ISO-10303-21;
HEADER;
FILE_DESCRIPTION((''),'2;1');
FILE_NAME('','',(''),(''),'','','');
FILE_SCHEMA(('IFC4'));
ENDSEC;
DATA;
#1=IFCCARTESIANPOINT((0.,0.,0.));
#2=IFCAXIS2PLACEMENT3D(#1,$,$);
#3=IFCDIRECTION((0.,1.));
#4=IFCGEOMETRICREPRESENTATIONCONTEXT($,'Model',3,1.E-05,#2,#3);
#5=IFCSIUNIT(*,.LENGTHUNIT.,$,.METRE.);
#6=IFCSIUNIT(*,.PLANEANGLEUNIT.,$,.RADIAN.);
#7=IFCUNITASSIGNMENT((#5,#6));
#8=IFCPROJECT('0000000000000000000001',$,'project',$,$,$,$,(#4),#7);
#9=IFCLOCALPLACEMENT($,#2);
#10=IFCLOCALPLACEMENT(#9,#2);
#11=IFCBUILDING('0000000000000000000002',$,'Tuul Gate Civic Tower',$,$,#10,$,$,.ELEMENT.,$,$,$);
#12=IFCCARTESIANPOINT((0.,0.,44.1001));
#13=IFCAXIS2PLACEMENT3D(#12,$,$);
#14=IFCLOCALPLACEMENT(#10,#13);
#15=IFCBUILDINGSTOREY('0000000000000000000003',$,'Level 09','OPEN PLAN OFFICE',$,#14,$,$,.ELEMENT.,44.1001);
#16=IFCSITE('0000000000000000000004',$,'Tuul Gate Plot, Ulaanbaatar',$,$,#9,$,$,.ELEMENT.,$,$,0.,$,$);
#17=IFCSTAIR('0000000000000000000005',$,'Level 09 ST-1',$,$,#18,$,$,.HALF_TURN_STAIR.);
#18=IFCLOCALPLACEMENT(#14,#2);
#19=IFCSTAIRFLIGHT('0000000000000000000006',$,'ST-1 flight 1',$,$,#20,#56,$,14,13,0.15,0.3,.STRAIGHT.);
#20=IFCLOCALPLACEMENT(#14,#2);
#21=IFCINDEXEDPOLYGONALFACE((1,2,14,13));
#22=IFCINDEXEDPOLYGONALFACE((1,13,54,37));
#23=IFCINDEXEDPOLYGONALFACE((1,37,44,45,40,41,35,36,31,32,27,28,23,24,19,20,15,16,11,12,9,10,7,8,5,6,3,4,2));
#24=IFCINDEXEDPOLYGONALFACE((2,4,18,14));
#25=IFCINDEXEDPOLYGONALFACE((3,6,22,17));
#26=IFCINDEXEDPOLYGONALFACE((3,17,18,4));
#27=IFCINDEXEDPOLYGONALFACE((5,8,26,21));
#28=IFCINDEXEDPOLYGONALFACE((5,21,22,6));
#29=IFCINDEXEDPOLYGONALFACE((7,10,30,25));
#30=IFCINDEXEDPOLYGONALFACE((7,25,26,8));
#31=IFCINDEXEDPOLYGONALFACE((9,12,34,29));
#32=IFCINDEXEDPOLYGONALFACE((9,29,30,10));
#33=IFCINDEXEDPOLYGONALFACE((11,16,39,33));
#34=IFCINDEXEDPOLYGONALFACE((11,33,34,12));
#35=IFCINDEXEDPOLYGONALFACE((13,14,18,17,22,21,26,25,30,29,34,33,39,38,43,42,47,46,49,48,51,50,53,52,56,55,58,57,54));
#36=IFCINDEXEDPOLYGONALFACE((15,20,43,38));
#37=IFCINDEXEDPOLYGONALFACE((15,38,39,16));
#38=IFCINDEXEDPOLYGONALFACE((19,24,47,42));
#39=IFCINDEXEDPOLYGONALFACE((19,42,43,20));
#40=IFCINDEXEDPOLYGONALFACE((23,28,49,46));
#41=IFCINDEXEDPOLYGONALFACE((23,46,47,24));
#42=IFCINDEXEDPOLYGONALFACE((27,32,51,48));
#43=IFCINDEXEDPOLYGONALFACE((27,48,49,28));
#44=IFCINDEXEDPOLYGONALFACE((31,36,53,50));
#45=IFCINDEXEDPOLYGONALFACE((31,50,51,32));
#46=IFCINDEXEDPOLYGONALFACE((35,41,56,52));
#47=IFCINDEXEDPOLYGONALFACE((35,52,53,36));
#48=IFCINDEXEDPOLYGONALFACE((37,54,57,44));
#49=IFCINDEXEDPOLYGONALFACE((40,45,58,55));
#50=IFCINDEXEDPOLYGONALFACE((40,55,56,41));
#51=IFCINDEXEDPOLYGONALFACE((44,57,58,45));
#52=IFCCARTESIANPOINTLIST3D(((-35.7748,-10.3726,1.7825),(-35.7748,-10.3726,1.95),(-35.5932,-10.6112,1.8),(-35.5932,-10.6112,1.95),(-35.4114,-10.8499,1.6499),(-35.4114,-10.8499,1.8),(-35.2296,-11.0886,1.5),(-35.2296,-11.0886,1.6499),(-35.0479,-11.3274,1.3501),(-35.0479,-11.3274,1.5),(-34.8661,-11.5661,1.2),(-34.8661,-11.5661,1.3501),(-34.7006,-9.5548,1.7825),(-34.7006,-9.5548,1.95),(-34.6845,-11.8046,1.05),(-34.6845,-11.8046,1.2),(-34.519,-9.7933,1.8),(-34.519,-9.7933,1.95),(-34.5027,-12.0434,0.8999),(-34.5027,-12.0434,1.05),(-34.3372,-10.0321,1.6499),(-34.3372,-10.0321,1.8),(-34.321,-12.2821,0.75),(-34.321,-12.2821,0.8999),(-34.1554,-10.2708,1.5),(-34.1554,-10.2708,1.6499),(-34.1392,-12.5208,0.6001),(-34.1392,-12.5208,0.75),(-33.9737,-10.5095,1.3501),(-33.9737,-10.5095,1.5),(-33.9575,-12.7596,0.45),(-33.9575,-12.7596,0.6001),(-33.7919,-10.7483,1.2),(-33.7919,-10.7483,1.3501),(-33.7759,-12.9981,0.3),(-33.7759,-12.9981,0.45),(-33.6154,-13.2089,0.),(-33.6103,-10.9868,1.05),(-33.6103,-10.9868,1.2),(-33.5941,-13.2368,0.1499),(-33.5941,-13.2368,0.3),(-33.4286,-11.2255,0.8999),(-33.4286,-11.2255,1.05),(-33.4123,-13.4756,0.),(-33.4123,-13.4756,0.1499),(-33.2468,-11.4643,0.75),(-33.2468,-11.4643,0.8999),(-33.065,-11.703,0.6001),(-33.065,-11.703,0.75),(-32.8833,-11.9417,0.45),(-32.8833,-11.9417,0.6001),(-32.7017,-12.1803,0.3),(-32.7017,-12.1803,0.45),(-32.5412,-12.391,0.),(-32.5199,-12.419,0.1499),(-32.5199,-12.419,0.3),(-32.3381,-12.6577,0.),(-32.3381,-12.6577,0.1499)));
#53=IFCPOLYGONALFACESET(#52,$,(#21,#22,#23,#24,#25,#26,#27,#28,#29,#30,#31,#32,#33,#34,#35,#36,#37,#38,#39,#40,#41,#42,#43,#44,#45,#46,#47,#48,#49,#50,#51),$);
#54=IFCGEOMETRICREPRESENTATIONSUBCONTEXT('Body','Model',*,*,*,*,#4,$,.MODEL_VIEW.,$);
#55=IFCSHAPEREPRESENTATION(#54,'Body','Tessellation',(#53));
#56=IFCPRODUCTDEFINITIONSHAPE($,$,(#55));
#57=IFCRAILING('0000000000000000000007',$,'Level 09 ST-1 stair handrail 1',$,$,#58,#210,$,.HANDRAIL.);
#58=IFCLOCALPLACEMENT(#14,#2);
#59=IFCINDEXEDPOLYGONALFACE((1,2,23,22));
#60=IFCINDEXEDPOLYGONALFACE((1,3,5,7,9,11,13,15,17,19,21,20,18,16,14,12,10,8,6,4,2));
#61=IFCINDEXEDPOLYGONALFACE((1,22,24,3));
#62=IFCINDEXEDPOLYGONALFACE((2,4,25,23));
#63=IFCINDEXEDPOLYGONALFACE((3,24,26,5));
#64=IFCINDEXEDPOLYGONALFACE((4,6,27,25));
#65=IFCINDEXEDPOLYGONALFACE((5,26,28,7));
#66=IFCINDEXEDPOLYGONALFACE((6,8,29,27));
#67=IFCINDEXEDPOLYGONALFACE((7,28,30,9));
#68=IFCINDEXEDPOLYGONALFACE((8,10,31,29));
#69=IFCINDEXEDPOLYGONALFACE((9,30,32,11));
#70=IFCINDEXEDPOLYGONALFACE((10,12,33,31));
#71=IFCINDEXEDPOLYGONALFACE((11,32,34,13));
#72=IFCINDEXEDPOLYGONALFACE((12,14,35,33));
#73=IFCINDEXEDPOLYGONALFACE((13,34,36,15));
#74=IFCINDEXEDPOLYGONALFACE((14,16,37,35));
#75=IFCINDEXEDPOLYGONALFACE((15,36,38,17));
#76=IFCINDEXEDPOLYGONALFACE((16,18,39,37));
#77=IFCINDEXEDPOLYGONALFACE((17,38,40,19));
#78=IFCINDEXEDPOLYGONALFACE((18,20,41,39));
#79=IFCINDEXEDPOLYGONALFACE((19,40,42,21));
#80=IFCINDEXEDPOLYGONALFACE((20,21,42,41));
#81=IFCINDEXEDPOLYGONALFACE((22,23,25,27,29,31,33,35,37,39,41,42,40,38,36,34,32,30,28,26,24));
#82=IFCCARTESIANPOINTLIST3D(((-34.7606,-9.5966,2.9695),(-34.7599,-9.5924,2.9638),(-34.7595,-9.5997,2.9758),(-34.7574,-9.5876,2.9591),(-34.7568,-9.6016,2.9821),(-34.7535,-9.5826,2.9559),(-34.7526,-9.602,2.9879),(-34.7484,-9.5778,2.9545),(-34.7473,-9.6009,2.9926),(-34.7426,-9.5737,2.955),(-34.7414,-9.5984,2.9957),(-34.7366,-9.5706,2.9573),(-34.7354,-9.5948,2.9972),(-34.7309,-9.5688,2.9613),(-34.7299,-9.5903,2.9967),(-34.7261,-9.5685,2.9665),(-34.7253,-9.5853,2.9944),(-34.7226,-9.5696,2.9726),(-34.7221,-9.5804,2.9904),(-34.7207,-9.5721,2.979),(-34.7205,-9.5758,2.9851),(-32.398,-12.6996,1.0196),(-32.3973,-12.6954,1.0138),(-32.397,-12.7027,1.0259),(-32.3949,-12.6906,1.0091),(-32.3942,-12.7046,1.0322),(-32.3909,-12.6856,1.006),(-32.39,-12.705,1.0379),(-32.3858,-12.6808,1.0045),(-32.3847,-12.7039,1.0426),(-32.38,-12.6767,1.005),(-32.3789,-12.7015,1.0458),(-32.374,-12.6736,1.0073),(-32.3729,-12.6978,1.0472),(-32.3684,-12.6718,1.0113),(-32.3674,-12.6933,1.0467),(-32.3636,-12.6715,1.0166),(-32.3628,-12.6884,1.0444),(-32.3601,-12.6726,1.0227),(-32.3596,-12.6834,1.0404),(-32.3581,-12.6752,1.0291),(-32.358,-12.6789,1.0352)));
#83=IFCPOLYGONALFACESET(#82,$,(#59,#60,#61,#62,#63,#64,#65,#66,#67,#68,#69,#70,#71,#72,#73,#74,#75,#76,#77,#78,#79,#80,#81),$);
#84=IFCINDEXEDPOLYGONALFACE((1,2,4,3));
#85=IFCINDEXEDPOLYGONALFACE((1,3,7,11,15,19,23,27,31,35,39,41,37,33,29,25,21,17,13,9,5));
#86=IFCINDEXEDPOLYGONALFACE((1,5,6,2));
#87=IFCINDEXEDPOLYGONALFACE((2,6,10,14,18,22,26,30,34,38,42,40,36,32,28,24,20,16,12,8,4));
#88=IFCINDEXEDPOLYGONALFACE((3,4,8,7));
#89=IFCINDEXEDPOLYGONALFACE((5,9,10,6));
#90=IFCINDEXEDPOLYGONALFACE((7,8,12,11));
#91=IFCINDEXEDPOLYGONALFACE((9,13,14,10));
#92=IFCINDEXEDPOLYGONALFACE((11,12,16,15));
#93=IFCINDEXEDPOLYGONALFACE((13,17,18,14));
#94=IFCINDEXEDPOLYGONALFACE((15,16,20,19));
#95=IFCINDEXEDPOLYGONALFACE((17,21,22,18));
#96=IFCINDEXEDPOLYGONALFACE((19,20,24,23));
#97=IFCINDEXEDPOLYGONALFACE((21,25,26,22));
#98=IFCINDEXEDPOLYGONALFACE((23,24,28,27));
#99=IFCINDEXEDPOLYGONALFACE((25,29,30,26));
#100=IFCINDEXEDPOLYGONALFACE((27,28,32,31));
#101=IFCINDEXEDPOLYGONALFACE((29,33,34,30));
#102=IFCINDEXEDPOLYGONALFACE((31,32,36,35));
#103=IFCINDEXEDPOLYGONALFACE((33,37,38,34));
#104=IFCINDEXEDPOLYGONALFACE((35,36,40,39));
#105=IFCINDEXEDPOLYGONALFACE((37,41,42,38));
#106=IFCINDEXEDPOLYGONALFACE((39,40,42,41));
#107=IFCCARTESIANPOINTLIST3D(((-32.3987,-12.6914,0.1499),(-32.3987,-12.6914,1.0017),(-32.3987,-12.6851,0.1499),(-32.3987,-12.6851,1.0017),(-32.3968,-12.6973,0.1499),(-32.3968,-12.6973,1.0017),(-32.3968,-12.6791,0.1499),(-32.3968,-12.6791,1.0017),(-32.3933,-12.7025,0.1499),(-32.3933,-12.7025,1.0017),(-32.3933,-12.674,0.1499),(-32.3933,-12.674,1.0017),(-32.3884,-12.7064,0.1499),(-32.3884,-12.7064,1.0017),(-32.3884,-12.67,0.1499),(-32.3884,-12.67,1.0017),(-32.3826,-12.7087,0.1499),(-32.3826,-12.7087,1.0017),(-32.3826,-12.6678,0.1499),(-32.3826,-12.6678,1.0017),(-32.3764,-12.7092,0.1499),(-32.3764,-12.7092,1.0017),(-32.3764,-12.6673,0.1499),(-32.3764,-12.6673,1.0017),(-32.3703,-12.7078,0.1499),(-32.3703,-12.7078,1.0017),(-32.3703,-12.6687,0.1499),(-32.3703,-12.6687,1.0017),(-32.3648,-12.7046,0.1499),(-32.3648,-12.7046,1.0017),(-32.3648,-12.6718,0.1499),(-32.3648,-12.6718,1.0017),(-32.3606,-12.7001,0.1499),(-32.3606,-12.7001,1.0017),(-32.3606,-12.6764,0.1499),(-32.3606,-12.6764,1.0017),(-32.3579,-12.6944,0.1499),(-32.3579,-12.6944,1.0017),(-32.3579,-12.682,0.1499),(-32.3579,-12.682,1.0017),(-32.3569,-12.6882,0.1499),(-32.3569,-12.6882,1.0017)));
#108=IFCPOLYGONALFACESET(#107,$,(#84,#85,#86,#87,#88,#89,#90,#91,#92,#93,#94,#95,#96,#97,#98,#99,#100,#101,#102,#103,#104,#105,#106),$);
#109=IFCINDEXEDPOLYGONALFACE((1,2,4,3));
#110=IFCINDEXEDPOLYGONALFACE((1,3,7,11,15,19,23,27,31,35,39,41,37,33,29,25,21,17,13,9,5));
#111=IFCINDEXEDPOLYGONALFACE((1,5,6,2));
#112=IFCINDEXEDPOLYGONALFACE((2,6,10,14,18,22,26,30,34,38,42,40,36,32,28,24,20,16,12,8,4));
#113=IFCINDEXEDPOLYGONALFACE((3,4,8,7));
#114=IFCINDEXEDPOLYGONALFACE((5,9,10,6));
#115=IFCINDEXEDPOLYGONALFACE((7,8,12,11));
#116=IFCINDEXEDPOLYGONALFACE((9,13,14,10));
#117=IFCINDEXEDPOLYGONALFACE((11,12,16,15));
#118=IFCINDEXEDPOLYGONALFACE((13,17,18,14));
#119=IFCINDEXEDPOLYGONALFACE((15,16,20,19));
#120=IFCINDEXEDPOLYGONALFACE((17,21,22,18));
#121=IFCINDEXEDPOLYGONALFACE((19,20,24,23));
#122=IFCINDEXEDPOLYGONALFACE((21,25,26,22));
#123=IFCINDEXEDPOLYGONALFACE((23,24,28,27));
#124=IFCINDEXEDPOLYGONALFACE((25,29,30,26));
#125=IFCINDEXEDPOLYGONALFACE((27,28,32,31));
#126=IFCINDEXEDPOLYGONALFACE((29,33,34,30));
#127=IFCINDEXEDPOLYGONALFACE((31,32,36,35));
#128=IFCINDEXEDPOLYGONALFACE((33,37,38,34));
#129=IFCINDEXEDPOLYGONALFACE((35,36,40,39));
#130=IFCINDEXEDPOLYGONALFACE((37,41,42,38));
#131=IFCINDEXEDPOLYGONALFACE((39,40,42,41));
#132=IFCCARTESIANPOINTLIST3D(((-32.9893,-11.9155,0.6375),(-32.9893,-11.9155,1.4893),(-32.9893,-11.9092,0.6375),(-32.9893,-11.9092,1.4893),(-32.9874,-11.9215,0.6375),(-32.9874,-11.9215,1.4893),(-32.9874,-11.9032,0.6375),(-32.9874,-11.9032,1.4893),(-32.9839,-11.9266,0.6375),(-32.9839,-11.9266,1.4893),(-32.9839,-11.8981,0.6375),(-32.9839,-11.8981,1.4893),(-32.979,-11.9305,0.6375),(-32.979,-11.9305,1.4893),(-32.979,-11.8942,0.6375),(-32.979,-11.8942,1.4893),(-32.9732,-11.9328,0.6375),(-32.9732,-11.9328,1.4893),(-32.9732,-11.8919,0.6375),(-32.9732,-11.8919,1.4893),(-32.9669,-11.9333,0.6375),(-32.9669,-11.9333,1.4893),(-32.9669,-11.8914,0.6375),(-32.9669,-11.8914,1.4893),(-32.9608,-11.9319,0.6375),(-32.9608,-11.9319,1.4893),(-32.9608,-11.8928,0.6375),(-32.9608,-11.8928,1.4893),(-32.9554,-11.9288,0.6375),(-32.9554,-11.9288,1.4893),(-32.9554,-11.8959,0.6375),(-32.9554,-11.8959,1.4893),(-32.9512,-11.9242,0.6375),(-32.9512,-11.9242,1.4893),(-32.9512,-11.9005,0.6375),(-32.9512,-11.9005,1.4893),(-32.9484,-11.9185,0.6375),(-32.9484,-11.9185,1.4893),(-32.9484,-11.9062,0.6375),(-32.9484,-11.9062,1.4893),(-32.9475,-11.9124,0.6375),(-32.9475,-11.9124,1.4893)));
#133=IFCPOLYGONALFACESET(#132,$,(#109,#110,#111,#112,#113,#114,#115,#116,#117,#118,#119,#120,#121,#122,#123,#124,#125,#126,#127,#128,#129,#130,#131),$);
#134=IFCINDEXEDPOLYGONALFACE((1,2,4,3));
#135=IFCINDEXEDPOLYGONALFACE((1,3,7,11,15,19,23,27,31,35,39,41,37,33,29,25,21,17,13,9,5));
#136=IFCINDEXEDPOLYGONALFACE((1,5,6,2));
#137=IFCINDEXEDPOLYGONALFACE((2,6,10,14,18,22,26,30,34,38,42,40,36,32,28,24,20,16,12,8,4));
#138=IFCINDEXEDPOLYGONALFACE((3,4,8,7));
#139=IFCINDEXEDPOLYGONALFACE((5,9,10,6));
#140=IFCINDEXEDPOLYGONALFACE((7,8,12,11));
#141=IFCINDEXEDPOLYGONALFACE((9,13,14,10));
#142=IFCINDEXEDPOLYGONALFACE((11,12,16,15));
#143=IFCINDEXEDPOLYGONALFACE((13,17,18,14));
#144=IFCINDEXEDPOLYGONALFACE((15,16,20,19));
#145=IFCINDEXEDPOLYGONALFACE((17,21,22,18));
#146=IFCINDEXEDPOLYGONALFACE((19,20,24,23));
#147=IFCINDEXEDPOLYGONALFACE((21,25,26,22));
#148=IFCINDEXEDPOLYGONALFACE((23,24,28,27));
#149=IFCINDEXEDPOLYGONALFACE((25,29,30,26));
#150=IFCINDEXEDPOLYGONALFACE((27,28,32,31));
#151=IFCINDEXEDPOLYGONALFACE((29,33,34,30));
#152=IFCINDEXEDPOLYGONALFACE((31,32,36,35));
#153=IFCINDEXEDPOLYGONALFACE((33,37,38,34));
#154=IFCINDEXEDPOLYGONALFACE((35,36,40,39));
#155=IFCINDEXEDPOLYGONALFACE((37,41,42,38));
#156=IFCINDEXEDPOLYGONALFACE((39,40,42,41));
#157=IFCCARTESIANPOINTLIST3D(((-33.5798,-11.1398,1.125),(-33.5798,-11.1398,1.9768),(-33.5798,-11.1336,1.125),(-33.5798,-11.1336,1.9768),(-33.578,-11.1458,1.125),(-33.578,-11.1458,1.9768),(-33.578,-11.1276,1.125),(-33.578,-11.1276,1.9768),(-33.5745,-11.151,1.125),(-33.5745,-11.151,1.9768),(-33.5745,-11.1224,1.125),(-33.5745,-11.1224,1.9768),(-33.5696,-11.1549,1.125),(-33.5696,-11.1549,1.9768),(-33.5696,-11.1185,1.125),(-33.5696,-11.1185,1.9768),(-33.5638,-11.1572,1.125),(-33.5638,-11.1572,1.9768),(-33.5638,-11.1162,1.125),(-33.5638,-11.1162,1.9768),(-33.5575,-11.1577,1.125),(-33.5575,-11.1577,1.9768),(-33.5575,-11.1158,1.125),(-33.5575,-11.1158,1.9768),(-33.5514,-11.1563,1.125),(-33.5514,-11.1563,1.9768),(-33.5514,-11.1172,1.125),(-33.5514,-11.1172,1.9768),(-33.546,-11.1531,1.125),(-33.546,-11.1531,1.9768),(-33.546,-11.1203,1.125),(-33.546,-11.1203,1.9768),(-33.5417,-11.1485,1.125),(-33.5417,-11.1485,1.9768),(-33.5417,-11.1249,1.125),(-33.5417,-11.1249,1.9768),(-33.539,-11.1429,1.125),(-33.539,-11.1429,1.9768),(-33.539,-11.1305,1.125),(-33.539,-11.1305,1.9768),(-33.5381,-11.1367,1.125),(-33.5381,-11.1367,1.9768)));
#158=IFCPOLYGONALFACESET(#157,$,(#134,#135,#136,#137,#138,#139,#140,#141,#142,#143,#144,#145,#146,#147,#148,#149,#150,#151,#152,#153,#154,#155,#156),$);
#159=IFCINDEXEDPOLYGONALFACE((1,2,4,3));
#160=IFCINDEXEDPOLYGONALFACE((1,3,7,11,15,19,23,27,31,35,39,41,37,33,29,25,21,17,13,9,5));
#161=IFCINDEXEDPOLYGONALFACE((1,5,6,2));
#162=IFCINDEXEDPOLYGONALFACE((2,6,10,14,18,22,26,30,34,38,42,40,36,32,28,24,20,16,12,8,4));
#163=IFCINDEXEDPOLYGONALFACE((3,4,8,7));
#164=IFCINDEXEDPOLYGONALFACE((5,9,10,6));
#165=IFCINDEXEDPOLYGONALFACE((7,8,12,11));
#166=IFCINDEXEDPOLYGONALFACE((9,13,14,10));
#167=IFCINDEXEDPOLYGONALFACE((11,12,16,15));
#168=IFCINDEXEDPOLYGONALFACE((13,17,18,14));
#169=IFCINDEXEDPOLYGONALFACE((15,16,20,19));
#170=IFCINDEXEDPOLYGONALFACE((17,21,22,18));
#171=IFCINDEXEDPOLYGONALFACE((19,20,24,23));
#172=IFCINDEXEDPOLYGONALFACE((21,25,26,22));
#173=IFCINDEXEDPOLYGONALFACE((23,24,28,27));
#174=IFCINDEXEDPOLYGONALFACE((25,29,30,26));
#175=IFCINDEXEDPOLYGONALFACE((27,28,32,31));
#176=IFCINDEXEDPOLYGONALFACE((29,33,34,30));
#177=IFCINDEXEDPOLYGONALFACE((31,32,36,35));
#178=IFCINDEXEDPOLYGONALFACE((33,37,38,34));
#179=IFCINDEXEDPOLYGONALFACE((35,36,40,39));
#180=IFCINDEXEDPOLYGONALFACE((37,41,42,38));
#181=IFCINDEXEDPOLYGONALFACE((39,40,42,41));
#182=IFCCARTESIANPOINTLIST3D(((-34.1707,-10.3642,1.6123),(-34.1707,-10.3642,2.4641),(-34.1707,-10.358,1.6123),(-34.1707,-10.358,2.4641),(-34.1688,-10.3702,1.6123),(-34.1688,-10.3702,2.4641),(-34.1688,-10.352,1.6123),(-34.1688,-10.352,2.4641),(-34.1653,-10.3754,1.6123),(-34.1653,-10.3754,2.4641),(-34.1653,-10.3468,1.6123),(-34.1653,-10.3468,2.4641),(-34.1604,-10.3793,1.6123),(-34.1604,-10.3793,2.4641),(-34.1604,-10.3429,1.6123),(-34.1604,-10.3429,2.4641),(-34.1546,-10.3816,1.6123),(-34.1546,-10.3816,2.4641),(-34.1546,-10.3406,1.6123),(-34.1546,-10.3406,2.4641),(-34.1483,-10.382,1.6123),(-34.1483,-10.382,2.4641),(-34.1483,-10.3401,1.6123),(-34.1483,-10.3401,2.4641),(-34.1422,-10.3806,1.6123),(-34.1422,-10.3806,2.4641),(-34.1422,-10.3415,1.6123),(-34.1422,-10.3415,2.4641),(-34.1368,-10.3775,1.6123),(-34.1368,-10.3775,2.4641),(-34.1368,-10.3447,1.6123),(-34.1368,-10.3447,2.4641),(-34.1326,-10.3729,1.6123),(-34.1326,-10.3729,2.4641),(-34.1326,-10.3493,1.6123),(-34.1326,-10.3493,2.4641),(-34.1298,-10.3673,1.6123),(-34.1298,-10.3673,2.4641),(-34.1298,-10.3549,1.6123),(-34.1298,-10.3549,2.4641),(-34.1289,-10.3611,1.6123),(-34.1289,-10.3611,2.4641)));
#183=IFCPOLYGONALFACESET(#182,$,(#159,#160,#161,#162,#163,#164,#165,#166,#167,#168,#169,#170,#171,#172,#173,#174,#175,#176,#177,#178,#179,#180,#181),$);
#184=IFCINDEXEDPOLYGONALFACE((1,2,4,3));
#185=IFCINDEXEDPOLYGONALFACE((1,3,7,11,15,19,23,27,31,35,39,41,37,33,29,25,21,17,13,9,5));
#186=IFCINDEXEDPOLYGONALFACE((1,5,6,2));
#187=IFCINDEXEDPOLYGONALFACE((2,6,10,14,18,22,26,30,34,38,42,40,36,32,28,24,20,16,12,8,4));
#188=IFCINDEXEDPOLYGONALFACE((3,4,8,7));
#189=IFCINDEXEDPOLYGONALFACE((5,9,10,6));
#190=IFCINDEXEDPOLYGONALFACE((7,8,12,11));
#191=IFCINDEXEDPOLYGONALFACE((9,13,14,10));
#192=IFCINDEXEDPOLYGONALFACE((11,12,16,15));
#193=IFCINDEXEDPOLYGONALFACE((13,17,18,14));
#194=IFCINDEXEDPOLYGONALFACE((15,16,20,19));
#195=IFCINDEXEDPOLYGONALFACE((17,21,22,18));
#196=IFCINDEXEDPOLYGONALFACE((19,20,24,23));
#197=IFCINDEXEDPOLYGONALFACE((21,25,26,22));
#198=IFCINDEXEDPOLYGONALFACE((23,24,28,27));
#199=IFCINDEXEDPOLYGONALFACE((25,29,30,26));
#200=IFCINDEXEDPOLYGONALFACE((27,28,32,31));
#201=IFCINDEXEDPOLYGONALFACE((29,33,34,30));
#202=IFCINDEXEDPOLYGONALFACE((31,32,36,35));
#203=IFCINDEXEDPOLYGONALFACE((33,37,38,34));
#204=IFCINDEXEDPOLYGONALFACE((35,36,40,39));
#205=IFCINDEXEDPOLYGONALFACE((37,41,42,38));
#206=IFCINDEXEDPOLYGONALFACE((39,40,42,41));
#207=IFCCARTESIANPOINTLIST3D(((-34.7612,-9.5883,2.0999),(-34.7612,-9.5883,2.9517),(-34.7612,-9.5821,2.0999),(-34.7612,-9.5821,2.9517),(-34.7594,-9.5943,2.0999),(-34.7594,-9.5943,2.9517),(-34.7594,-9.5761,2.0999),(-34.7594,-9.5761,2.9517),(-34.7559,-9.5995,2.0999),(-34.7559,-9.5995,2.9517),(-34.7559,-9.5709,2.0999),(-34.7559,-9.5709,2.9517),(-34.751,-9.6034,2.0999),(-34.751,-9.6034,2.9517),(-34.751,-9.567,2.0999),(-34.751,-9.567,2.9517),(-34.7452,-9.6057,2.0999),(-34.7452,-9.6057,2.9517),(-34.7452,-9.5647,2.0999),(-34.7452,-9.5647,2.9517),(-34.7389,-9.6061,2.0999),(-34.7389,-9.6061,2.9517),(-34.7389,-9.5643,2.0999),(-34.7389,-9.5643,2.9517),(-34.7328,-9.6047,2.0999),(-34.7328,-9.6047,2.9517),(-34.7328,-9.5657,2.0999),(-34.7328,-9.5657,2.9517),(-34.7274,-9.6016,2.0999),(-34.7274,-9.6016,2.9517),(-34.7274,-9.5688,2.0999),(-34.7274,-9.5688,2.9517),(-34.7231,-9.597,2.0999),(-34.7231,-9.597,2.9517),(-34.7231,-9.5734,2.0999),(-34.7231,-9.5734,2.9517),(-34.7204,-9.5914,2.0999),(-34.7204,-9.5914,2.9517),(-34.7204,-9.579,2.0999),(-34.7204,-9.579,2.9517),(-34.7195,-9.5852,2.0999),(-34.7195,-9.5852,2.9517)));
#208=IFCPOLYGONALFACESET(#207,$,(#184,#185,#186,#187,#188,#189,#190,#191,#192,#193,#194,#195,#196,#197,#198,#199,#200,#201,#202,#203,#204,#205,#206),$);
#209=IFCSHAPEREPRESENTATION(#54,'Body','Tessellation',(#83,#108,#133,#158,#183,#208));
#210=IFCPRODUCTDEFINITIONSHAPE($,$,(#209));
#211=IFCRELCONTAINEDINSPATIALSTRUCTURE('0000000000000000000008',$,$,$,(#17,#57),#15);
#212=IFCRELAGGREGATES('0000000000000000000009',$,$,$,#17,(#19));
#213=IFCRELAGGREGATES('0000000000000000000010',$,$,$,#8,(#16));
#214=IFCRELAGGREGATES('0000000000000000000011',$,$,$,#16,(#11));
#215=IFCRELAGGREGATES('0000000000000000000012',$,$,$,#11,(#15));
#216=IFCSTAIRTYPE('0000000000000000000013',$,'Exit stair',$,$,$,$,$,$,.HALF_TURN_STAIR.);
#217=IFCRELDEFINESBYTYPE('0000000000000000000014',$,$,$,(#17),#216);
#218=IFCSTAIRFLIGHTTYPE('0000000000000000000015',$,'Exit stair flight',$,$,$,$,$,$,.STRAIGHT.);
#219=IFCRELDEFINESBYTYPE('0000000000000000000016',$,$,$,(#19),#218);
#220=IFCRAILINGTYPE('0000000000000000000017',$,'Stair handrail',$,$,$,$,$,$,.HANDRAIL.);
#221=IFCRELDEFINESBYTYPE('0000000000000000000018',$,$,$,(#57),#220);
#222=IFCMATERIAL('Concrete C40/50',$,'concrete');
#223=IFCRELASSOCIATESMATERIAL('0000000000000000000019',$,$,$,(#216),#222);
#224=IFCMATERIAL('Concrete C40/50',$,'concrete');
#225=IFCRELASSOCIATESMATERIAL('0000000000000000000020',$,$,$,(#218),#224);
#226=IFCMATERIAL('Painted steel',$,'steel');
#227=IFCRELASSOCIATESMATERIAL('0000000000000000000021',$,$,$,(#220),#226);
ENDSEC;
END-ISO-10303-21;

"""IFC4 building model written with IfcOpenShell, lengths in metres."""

from ifc_helpers import new_model, si_unit, direction, frame, origin, origin_2d, place, context, subcontext, project, spatial, polyline, circle, outline, extrude, material, type_object, element, aggregate, save


model = new_model("IFC4")

# Units and contexts
model_context = context("Model", 3, precision=1e-05, world=origin(), true_north=direction((0.0, 1.0)))
body_context = subcontext(model_context, "Body", "Model", "MODEL_VIEW")
ifc_project = project(units=[si_unit("LENGTHUNIT", "METRE"), si_unit("PLANEANGLEUNIT", "RADIAN")], contexts=[model_context])

# Site, building, storey
site_placement = place(None, origin())
site = spatial("IfcSite", under=ifc_project, at=site_placement, Name="Tuul Gate Plot, Ulaanbaatar", CompositionType="ELEMENT", RefElevation=0.0)
building_placement = place(site_placement, origin())
building = spatial("IfcBuilding", under=site, at=building_placement, Name="Tuul Gate Civic Tower", CompositionType="ELEMENT")
storey_placement = place(building_placement, frame((0.0, 0.0, 44.1001)))
storey = spatial("IfcBuildingStorey", under=building, at=storey_placement, Name="Level 09", Description="OPEN PLAN OFFICE", CompositionType="ELEMENT", Elevation=44.1001)

# Stair, stair flight
ifc_material_1 = material(Name="Concrete C40/50", Category="concrete")
stair_type = type_object("IfcStairType", Name="Exit stair", PredefinedType="HALF_TURN_STAIR", material=ifc_material_1)
stair_placement = place(storey_placement, origin())
stair = element("IfcStair", 1, at=stair_placement, inside=storey, type_object=stair_type, Name="Level 09 ST-1", PredefinedType="HALF_TURN_STAIR")
ifc_material_2 = material(Name="Concrete C40/50", Category="concrete")
stair_flight_type = type_object("IfcStairFlightType", Name="Exit stair flight", PredefinedType="STRAIGHT", material=ifc_material_2)
stair_flight_placement = place(storey_placement, frame((-32.8752, -13.0667, 0.0), z_axis=(0.0, 0.0, 1.0), x_axis=(-0.605764, 0.795644, 0.0)))
stair_flight = element("IfcStairFlight", 2, at=stair_flight_placement, type_object=stair_flight_type, Name="ST-1 flight 1", NumberOfRisers=14, NumberOfTreads=13, PredefinedType="STRAIGHT", RiserHeight=0.15, TreadLength=0.3, context=body_context, shape_type="SweptSolid", body=[
    extrude(outline(polyline([(0.0, 0.0), (0.0, 0.1499), (0.3, 0.1499), (0.3, 0.3), (0.6001, 0.3), (0.6001, 0.45), (0.8999, 0.45), (0.8999, 0.6001), (1.2, 0.6001), (1.2, 0.75), (1.5, 0.75), (1.5, 0.8999), (1.8, 0.8999), (1.8, 1.05), (2.1001, 1.05), (2.1001, 1.2), (2.3999, 1.2), (2.3999, 1.3501), (2.7, 1.3501), (2.7, 1.5), (3.0, 1.5), (3.0, 1.6499), (3.3, 1.6499), (3.3, 1.8), (3.6001, 1.8), (3.6001, 1.95), (3.8999, 1.95), (3.8999, 2.1001), (3.8999, 1.7825), (0.3352, 0.0), (0.0, 0.0)])), frame((0.0, 0.675, 0.0), z_axis=(0.0, -1.0, 0.0), x_axis=(1.0, 0.0, 0.0)), (0.0, 0.0, 1.0), 1.3501),
])
aggregate(stair, [stair_flight])

# Railing
ifc_material_3 = material(Name="Painted steel", Category="steel")
railing_type_1 = type_object("IfcRailingType", Name="Stair handrail", PredefinedType="HANDRAIL", material=ifc_material_3)
railing_1_placement = place(storey_placement, frame((-32.3779, -12.6882, 0.1499)))
element("IfcRailing", 3, at=railing_1_placement, inside=storey, type_object=railing_type_1, Name="Level 09 ST-1 stair handrail 1", PredefinedType="HANDRAIL", context=body_context, shape_type="SweptSolid", body=[
    extrude(circle(Radius=0.0239, at=origin_2d()), frame((0.0, 0.0, 0.876), z_axis=(-0.541824, 0.711645, 0.4472), x_axis=(-0.795637, -0.605773, 0.0)), (0.0, 0.0, 1.0), 4.3604),
    extrude(circle(Radius=0.021, at=origin_2d()), origin(), (0.0, 0.0, 1.0), 0.8518),
    extrude(circle(Radius=0.021, at=origin_2d()), frame((-0.5906, 0.7759, 0.4875)), (0.0, 0.0, 1.0), 0.8518),
    extrude(circle(Radius=0.021, at=origin_2d()), frame((-1.1812, 1.5515, 0.9751)), (0.0, 0.0, 1.0), 0.8518),
    extrude(circle(Radius=0.021, at=origin_2d()), frame((-1.772, 2.3271, 1.4624)), (0.0, 0.0, 1.0), 0.8518),
    extrude(circle(Radius=0.021, at=origin_2d()), frame((-2.3625, 3.103, 1.95)), (0.0, 0.0, 1.0), 0.8518),
])

save(model, "model.ifc")
